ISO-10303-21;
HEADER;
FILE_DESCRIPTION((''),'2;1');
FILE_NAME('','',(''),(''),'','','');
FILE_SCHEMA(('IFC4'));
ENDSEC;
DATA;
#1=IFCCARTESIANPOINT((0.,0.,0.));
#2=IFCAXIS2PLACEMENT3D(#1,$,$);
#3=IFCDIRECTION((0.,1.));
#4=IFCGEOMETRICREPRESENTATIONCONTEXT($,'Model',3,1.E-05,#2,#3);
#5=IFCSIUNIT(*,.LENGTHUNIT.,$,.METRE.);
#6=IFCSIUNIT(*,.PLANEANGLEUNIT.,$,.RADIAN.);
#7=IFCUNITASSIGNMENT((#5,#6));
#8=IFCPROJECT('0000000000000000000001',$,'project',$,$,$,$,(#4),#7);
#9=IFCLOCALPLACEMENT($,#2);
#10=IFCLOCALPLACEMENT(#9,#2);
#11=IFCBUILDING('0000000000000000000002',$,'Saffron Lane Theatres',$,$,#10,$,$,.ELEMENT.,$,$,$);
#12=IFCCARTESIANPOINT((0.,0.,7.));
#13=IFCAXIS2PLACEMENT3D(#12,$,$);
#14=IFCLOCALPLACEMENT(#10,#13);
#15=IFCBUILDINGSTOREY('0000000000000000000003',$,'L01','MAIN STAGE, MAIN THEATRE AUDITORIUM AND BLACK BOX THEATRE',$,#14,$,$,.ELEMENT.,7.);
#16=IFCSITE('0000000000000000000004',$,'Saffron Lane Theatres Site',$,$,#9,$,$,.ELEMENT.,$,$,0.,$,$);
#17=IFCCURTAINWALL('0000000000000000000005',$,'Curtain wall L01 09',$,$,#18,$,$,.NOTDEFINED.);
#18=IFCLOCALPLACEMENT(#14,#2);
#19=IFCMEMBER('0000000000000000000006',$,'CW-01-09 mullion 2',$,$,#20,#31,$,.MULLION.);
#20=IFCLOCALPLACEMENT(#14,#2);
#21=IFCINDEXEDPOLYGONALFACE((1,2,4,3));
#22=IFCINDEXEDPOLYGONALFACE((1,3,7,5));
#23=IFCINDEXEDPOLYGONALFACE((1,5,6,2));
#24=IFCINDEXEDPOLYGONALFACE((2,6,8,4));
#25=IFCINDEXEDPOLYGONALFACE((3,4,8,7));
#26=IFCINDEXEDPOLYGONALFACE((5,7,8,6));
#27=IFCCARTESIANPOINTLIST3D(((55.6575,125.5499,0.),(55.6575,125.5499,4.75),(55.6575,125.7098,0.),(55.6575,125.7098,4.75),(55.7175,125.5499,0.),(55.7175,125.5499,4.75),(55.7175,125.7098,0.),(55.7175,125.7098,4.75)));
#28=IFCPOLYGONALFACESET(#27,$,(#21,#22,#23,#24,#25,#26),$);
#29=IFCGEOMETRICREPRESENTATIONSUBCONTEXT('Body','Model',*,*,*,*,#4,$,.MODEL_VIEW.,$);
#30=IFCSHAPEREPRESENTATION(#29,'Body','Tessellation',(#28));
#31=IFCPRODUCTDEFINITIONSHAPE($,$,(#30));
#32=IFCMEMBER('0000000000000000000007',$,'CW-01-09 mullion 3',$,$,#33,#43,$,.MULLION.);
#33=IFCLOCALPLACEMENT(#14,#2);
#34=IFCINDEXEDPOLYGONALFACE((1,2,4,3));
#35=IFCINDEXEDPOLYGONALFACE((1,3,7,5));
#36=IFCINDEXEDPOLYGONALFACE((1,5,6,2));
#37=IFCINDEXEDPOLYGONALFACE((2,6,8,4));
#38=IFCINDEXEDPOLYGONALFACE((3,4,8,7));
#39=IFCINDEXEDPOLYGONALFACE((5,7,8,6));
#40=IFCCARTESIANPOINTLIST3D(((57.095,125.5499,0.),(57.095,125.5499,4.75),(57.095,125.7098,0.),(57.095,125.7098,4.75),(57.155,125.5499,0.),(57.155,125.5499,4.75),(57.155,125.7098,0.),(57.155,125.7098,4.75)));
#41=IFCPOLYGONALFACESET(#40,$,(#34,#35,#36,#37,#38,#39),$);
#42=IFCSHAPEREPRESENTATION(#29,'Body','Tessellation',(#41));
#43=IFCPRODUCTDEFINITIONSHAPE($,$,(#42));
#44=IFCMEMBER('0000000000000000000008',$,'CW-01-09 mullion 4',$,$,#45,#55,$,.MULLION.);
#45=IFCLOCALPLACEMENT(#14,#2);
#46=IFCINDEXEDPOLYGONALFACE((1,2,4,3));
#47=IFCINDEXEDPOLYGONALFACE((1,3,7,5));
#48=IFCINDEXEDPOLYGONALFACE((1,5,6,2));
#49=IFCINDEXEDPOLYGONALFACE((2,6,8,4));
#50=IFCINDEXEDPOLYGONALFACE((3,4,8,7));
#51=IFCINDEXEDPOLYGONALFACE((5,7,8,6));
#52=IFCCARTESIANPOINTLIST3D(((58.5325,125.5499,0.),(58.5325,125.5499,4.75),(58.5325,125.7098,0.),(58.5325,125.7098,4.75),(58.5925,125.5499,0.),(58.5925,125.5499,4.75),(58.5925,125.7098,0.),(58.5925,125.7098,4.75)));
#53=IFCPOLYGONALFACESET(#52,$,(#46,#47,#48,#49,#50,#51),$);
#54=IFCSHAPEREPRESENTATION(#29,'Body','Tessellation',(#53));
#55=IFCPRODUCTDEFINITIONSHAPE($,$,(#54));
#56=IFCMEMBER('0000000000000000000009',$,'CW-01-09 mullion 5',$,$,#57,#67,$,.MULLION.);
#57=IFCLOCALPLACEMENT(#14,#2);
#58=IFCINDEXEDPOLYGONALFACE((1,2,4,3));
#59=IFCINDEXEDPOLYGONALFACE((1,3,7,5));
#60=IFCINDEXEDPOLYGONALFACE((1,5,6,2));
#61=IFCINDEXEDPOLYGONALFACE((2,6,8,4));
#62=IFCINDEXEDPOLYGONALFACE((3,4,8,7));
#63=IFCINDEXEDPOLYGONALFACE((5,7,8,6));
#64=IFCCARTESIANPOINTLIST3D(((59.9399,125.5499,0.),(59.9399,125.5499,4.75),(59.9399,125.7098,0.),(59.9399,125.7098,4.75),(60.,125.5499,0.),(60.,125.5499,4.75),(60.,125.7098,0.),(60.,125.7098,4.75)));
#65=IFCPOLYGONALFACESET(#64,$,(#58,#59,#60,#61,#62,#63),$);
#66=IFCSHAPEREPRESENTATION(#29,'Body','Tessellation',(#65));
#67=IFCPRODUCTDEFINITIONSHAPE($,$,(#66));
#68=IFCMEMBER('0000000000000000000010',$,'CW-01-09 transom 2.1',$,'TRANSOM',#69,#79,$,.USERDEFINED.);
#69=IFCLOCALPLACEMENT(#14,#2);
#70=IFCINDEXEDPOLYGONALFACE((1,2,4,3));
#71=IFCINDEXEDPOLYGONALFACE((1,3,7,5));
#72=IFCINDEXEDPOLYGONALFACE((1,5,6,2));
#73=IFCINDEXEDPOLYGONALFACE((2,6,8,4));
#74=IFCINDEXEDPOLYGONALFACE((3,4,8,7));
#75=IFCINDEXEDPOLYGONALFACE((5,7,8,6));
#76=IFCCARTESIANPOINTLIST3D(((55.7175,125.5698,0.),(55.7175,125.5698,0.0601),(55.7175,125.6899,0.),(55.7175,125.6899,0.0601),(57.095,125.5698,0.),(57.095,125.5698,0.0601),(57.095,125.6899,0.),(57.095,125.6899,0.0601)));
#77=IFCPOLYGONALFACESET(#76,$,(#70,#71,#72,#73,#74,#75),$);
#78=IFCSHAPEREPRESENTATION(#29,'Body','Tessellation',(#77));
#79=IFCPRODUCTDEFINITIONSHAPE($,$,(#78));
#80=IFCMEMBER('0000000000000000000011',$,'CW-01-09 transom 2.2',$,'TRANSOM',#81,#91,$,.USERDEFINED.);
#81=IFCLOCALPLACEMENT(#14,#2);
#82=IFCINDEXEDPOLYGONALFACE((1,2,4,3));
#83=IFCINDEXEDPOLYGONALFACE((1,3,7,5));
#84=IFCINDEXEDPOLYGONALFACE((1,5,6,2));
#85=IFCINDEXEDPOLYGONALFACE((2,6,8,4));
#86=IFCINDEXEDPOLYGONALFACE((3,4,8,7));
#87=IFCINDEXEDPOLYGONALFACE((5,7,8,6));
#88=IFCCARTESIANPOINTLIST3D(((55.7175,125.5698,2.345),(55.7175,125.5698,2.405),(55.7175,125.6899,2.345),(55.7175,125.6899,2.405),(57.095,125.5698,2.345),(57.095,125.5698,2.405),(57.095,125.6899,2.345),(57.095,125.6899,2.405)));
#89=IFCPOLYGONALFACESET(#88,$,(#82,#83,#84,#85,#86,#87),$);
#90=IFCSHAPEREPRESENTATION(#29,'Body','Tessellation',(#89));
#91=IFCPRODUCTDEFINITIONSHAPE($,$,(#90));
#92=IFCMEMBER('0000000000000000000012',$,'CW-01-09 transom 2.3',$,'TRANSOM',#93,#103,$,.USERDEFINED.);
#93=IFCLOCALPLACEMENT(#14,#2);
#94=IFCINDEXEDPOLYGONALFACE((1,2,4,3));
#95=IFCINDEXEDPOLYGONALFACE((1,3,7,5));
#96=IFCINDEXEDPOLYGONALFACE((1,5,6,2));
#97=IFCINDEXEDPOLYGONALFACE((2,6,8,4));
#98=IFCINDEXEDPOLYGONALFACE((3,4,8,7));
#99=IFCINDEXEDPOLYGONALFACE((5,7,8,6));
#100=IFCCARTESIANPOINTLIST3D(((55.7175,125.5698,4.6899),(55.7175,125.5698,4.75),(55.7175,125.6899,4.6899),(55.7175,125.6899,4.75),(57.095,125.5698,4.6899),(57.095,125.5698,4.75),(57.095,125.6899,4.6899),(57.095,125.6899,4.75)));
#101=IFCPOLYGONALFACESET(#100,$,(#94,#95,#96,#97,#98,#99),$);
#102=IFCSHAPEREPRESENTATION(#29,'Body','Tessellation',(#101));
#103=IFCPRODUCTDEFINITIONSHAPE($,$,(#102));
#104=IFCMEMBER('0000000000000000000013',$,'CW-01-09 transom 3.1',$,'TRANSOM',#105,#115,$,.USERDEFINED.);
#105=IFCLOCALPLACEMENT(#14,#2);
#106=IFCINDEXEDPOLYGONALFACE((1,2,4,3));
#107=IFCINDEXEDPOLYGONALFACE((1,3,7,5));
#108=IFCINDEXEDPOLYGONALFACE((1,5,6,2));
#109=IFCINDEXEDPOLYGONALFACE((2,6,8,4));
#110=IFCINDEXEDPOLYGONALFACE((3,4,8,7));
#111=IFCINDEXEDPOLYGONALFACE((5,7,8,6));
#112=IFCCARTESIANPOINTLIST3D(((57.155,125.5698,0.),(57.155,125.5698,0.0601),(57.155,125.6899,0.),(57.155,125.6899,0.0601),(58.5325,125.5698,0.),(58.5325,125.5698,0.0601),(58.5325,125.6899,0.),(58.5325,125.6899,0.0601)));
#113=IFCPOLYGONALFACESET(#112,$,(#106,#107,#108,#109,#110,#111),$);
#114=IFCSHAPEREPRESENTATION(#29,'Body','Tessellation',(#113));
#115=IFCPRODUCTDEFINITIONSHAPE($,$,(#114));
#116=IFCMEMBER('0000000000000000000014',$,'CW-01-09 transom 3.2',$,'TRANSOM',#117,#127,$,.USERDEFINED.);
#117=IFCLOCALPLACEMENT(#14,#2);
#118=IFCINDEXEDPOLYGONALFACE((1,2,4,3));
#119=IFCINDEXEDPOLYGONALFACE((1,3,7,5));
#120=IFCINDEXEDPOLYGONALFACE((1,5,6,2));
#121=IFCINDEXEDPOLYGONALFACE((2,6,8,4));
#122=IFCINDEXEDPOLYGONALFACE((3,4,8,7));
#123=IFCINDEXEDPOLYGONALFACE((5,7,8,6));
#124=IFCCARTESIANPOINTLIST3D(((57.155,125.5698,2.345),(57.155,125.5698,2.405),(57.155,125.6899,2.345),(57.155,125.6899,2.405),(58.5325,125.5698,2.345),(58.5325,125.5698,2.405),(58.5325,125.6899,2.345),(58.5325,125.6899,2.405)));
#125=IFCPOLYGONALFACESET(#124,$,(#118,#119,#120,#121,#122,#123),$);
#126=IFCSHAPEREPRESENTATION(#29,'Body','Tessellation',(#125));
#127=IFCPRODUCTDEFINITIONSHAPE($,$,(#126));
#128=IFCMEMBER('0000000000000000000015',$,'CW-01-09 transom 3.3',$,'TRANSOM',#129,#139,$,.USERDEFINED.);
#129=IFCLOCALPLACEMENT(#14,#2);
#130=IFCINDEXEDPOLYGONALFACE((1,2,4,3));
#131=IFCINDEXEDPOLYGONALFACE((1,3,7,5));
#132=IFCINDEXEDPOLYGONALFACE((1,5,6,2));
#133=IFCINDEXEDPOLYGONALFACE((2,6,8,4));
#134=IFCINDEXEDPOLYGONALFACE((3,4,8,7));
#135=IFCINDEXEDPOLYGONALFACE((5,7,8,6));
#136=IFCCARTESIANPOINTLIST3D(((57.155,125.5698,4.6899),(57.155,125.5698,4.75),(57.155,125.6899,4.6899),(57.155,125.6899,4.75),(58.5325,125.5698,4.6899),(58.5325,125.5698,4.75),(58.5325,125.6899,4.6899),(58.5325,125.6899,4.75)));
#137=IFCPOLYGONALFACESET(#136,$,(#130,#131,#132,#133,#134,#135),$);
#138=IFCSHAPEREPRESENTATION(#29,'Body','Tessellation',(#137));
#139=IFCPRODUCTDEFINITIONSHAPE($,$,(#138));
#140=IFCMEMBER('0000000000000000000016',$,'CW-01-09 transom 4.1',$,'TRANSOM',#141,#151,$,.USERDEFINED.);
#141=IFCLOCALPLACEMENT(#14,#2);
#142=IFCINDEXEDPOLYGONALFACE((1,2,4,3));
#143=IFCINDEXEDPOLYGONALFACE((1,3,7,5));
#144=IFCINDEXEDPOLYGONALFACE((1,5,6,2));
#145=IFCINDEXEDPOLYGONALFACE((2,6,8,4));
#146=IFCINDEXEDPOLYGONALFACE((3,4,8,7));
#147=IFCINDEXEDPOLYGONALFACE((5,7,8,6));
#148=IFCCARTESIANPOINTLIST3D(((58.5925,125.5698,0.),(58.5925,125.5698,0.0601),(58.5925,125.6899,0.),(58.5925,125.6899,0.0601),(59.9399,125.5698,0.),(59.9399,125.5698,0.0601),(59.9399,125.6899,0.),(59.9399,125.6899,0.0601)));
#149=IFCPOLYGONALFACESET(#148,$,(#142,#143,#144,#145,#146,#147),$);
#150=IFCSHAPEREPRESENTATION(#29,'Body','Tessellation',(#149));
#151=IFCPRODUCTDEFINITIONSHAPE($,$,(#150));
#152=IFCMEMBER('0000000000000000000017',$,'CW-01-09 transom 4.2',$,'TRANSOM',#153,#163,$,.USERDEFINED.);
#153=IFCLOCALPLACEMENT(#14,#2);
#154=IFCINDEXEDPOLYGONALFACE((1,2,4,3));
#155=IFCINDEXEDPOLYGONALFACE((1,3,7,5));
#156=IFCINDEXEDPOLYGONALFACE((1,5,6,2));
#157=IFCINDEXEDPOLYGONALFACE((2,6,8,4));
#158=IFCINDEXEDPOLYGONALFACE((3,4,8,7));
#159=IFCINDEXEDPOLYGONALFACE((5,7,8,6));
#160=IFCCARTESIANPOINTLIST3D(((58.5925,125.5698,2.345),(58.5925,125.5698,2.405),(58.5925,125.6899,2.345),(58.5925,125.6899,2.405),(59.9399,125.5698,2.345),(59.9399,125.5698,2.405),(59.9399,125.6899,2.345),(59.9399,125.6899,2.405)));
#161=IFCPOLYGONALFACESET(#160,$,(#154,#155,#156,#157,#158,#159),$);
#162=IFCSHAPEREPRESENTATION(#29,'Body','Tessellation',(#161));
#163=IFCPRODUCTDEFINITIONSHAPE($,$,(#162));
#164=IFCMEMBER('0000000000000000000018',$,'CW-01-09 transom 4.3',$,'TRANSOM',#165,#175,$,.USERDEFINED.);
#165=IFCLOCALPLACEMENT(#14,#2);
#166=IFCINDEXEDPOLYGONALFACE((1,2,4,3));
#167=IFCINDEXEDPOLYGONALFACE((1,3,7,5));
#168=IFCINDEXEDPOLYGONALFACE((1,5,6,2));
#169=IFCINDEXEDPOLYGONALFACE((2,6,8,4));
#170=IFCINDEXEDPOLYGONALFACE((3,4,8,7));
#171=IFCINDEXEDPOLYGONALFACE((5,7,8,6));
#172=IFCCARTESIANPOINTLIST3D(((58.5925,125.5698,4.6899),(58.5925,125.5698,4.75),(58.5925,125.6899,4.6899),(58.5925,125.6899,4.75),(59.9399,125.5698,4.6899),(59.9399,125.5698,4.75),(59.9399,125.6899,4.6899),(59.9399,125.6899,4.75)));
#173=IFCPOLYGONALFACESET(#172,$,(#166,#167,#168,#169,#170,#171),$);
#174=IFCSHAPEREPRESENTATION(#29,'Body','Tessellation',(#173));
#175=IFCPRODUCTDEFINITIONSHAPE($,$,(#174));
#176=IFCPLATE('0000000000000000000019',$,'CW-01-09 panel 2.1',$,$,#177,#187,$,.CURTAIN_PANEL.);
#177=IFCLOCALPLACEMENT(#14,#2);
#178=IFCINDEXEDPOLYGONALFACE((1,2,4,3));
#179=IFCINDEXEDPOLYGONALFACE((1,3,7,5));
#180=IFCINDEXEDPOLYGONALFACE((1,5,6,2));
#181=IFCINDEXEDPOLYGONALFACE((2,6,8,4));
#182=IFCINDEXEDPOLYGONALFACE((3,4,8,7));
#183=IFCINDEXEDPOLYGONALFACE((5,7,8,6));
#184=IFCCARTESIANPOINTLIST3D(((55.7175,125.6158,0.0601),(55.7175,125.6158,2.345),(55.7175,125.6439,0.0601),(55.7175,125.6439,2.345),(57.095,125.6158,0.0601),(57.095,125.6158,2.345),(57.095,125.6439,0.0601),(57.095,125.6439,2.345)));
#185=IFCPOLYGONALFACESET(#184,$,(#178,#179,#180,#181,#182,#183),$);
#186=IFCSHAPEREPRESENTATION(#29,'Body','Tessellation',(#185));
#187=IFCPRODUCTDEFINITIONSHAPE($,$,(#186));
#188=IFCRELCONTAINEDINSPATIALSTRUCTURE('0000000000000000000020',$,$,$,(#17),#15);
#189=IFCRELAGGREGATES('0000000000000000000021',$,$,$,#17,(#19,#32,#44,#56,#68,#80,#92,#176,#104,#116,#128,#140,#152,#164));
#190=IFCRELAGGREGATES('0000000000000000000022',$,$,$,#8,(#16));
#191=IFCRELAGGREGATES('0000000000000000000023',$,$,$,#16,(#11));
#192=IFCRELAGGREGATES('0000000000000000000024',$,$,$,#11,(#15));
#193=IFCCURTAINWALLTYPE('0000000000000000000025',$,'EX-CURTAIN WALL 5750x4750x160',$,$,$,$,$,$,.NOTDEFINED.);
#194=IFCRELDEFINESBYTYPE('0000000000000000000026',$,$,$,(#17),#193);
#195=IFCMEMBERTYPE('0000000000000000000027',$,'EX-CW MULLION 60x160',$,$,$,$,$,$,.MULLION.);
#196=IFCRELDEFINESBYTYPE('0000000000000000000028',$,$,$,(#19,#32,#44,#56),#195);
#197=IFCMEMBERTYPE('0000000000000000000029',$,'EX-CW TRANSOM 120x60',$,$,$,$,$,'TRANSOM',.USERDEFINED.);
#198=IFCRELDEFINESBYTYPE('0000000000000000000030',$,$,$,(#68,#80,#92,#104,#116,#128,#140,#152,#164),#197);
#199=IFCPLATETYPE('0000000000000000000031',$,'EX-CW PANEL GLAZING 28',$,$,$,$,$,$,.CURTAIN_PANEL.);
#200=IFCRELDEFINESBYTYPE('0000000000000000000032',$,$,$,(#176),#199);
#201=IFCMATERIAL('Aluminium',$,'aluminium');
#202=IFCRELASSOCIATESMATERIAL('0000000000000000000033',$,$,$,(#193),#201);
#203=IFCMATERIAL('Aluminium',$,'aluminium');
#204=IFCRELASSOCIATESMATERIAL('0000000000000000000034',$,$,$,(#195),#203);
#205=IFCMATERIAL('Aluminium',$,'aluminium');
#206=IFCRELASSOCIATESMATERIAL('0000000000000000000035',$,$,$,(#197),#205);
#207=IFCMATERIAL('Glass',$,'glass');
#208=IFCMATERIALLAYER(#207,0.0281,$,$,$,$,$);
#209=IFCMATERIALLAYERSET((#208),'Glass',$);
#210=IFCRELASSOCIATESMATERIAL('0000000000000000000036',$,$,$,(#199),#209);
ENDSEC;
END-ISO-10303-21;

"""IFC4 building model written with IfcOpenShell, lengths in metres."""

from ifc_helpers import new_model, si_unit, direction, frame, origin, origin_2d, place, context, subcontext, project, spatial, rectangle, extrude, material, layer, layer_set, material_profile, profile_set, type_object, element, aggregate, save


model = new_model("IFC4")

# Units and contexts
model_context = context("Model", 3, precision=1e-05, world=origin(), true_north=direction((0.0, 1.0)))
body_context = subcontext(model_context, "Body", "Model", "MODEL_VIEW")
ifc_project = project(units=[si_unit("LENGTHUNIT", "METRE"), si_unit("PLANEANGLEUNIT", "RADIAN")], contexts=[model_context])

# Site, building, storey
site_placement = place(None, origin())
site = spatial("IfcSite", under=ifc_project, at=site_placement, Name="Saffron Lane Theatres Site", CompositionType="ELEMENT", RefElevation=0.0)
building_placement = place(site_placement, origin())
building = spatial("IfcBuilding", under=site, at=building_placement, Name="Saffron Lane Theatres", CompositionType="ELEMENT")
storey_placement = place(building_placement, frame((0.0, 0.0, 7.0)))
storey = spatial("IfcBuildingStorey", under=building, at=storey_placement, Name="L01", Description="MAIN STAGE, MAIN THEATRE AUDITORIUM AND BLACK BOX THEATRE", CompositionType="ELEMENT", Elevation=7.0)

# Curtain wall, members, plate
ifc_material_1 = material(Name="Aluminium", Category="aluminium")
curtain_wall_type = type_object("IfcCurtainWallType", Name="EX-CURTAIN WALL 5750x4750x160", PredefinedType="NOTDEFINED", material=ifc_material_1)
curtain_wall_placement = place(storey_placement, origin())
curtain_wall = element("IfcCurtainWall", 1, at=curtain_wall_placement, inside=storey, type_object=curtain_wall_type, Name="Curtain wall L01 09", PredefinedType="NOTDEFINED")
ifc_material_2 = material(Name="Aluminium", Category="aluminium")
ifc_material_profile_1 = material_profile(ifc_material_2, rectangle(XDim=0.0601, YDim=0.1599, at=origin_2d()))
ifc_profile_set_1 = profile_set([ifc_material_profile_1], Name="Aluminium")
member_type_1 = type_object("IfcMemberType", Name="EX-CW MULLION 60x160", PredefinedType="MULLION", material=ifc_profile_set_1)
member_1_placement = place(storey_placement, frame((55.6875, 125.6299, 0.0), z_axis=(0.0, 0.0, 1.0), x_axis=(1.0, 0.0, 0.0)))
member_1 = element("IfcMember", 2, at=member_1_placement, type_object=member_type_1, Name="CW-01-09 mullion 2", PredefinedType="MULLION", context=body_context, shape_type="SweptSolid", body=[
    extrude(rectangle(XDim=0.0601, YDim=0.1599, at=origin_2d()), origin(), (0.0, 0.0, 1.0), 4.75),
])
member_2_placement = place(storey_placement, frame((57.125, 125.6299, 0.0), z_axis=(0.0, 0.0, 1.0), x_axis=(1.0, 0.0, 0.0)))
member_2 = element("IfcMember", 3, at=member_2_placement, type_object=member_type_1, Name="CW-01-09 mullion 3", PredefinedType="MULLION", context=body_context, shape_type="SweptSolid", body=[
    extrude(rectangle(XDim=0.0601, YDim=0.1599, at=origin_2d()), origin(), (0.0, 0.0, 1.0), 4.75),
])
member_3_placement = place(storey_placement, frame((58.5625, 125.6299, 0.0), z_axis=(0.0, 0.0, 1.0), x_axis=(1.0, 0.0, 0.0)))
member_3 = element("IfcMember", 4, at=member_3_placement, type_object=member_type_1, Name="CW-01-09 mullion 4", PredefinedType="MULLION", context=body_context, shape_type="SweptSolid", body=[
    extrude(rectangle(XDim=0.0601, YDim=0.1599, at=origin_2d()), origin(), (0.0, 0.0, 1.0), 4.75),
])
member_4_placement = place(storey_placement, frame((59.97, 125.6299, 0.0), z_axis=(0.0, 0.0, 1.0), x_axis=(1.0, 0.0, 0.0)))
member_4 = element("IfcMember", 5, at=member_4_placement, type_object=member_type_1, Name="CW-01-09 mullion 5", PredefinedType="MULLION", context=body_context, shape_type="SweptSolid", body=[
    extrude(rectangle(XDim=0.0601, YDim=0.1599, at=origin_2d()), origin(), (0.0, 0.0, 1.0), 4.75),
])
ifc_material_3 = material(Name="Aluminium", Category="aluminium")
ifc_material_profile_2 = material_profile(ifc_material_3, rectangle(XDim=0.1201, YDim=0.0601, at=origin_2d()))
ifc_profile_set_2 = profile_set([ifc_material_profile_2], Name="Aluminium")
member_type_2 = type_object("IfcMemberType", Name="EX-CW TRANSOM 120x60", ElementType="TRANSOM", PredefinedType="USERDEFINED", material=ifc_profile_set_2)
member_5_placement = place(storey_placement, frame((55.7175, 125.6299, 0.03), z_axis=(1.0, 0.0, 0.0), x_axis=(0.0, 1.0, 0.0)))
member_5 = element("IfcMember", 6, at=member_5_placement, type_object=member_type_2, Name="CW-01-09 transom 2.1", ObjectType="TRANSOM", PredefinedType="USERDEFINED", context=body_context, shape_type="SweptSolid", body=[
    extrude(rectangle(XDim=0.1201, YDim=0.0601, at=origin_2d()), origin(), (0.0, 0.0, 1.0), 1.3774),
])
member_6_placement = place(storey_placement, frame((55.7175, 125.6299, 2.375), z_axis=(1.0, 0.0, 0.0), x_axis=(0.0, 1.0, 0.0)))
member_6 = element("IfcMember", 7, at=member_6_placement, type_object=member_type_2, Name="CW-01-09 transom 2.2", ObjectType="TRANSOM", PredefinedType="USERDEFINED", context=body_context, shape_type="SweptSolid", body=[
    extrude(rectangle(XDim=0.1201, YDim=0.0601, at=origin_2d()), origin(), (0.0, 0.0, 1.0), 1.3774),
])
member_7_placement = place(storey_placement, frame((55.7175, 125.6299, 4.72), z_axis=(1.0, 0.0, 0.0), x_axis=(0.0, 1.0, 0.0)))
member_7 = element("IfcMember", 8, at=member_7_placement, type_object=member_type_2, Name="CW-01-09 transom 2.3", ObjectType="TRANSOM", PredefinedType="USERDEFINED", context=body_context, shape_type="SweptSolid", body=[
    extrude(rectangle(XDim=0.1201, YDim=0.0601, at=origin_2d()), origin(), (0.0, 0.0, 1.0), 1.3774),
])
member_8_placement = place(storey_placement, frame((57.155, 125.6299, 0.03), z_axis=(1.0, 0.0, 0.0), x_axis=(0.0, 1.0, 0.0)))
member_8 = element("IfcMember", 9, at=member_8_placement, type_object=member_type_2, Name="CW-01-09 transom 3.1", ObjectType="TRANSOM", PredefinedType="USERDEFINED", context=body_context, shape_type="SweptSolid", body=[
    extrude(rectangle(XDim=0.1201, YDim=0.0601, at=origin_2d()), origin(), (0.0, 0.0, 1.0), 1.3774),
])
member_9_placement = place(storey_placement, frame((57.155, 125.6299, 2.375), z_axis=(1.0, 0.0, 0.0), x_axis=(0.0, 1.0, 0.0)))
member_9 = element("IfcMember", 10, at=member_9_placement, type_object=member_type_2, Name="CW-01-09 transom 3.2", ObjectType="TRANSOM", PredefinedType="USERDEFINED", context=body_context, shape_type="SweptSolid", body=[
    extrude(rectangle(XDim=0.1201, YDim=0.0601, at=origin_2d()), origin(), (0.0, 0.0, 1.0), 1.3774),
])
member_10_placement = place(storey_placement, frame((57.155, 125.6299, 4.72), z_axis=(1.0, 0.0, 0.0), x_axis=(0.0, 1.0, 0.0)))
member_10 = element("IfcMember", 11, at=member_10_placement, type_object=member_type_2, Name="CW-01-09 transom 3.3", ObjectType="TRANSOM", PredefinedType="USERDEFINED", context=body_context, shape_type="SweptSolid", body=[
    extrude(rectangle(XDim=0.1201, YDim=0.0601, at=origin_2d()), origin(), (0.0, 0.0, 1.0), 1.3774),
])
member_11_placement = place(storey_placement, frame((58.5925, 125.6299, 0.03), z_axis=(1.0, 0.0, 0.0), x_axis=(0.0, 1.0, 0.0)))
member_11 = element("IfcMember", 12, at=member_11_placement, type_object=member_type_2, Name="CW-01-09 transom 4.1", ObjectType="TRANSOM", PredefinedType="USERDEFINED", context=body_context, shape_type="SweptSolid", body=[
    extrude(rectangle(XDim=0.1201, YDim=0.0601, at=origin_2d()), origin(), (0.0, 0.0, 1.0), 1.3474),
])
member_12_placement = place(storey_placement, frame((58.5925, 125.6299, 2.375), z_axis=(1.0, 0.0, 0.0), x_axis=(0.0, 1.0, 0.0)))
member_12 = element("IfcMember", 13, at=member_12_placement, type_object=member_type_2, Name="CW-01-09 transom 4.2", ObjectType="TRANSOM", PredefinedType="USERDEFINED", context=body_context, shape_type="SweptSolid", body=[
    extrude(rectangle(XDim=0.1201, YDim=0.0601, at=origin_2d()), origin(), (0.0, 0.0, 1.0), 1.3474),
])
member_13_placement = place(storey_placement, frame((58.5925, 125.6299, 4.72), z_axis=(1.0, 0.0, 0.0), x_axis=(0.0, 1.0, 0.0)))
member_13 = element("IfcMember", 14, at=member_13_placement, type_object=member_type_2, Name="CW-01-09 transom 4.3", ObjectType="TRANSOM", PredefinedType="USERDEFINED", context=body_context, shape_type="SweptSolid", body=[
    extrude(rectangle(XDim=0.1201, YDim=0.0601, at=origin_2d()), origin(), (0.0, 0.0, 1.0), 1.3474),
])
ifc_material_4 = material(Name="Glass", Category="glass")
ifc_layer_1 = layer(ifc_material_4, 0.0281)
ifc_layer_set_1 = layer_set([ifc_layer_1], Name="Glass")
plate_type_1 = type_object("IfcPlateType", Name="EX-CW PANEL GLAZING 28", PredefinedType="CURTAIN_PANEL", material=ifc_layer_set_1)
plate_1_placement = place(storey_placement, frame((56.4062, 125.6299, 0.0601), z_axis=(0.0, 0.0, 1.0), x_axis=(1.0, 0.0, 0.0)))
plate_1 = element("IfcPlate", 15, at=plate_1_placement, type_object=plate_type_1, Name="CW-01-09 panel 2.1", PredefinedType="CURTAIN_PANEL", context=body_context, shape_type="SweptSolid", body=[
    extrude(rectangle(XDim=1.3774, YDim=0.0281, at=origin_2d()), origin(), (0.0, 0.0, 1.0), 2.2849),
])
aggregate(curtain_wall, [member_1, member_2, member_3, member_4, member_5, member_6, member_7, plate_1, member_8, member_9, member_10, member_11, member_12, member_13])

save(model, "model.ifc")
